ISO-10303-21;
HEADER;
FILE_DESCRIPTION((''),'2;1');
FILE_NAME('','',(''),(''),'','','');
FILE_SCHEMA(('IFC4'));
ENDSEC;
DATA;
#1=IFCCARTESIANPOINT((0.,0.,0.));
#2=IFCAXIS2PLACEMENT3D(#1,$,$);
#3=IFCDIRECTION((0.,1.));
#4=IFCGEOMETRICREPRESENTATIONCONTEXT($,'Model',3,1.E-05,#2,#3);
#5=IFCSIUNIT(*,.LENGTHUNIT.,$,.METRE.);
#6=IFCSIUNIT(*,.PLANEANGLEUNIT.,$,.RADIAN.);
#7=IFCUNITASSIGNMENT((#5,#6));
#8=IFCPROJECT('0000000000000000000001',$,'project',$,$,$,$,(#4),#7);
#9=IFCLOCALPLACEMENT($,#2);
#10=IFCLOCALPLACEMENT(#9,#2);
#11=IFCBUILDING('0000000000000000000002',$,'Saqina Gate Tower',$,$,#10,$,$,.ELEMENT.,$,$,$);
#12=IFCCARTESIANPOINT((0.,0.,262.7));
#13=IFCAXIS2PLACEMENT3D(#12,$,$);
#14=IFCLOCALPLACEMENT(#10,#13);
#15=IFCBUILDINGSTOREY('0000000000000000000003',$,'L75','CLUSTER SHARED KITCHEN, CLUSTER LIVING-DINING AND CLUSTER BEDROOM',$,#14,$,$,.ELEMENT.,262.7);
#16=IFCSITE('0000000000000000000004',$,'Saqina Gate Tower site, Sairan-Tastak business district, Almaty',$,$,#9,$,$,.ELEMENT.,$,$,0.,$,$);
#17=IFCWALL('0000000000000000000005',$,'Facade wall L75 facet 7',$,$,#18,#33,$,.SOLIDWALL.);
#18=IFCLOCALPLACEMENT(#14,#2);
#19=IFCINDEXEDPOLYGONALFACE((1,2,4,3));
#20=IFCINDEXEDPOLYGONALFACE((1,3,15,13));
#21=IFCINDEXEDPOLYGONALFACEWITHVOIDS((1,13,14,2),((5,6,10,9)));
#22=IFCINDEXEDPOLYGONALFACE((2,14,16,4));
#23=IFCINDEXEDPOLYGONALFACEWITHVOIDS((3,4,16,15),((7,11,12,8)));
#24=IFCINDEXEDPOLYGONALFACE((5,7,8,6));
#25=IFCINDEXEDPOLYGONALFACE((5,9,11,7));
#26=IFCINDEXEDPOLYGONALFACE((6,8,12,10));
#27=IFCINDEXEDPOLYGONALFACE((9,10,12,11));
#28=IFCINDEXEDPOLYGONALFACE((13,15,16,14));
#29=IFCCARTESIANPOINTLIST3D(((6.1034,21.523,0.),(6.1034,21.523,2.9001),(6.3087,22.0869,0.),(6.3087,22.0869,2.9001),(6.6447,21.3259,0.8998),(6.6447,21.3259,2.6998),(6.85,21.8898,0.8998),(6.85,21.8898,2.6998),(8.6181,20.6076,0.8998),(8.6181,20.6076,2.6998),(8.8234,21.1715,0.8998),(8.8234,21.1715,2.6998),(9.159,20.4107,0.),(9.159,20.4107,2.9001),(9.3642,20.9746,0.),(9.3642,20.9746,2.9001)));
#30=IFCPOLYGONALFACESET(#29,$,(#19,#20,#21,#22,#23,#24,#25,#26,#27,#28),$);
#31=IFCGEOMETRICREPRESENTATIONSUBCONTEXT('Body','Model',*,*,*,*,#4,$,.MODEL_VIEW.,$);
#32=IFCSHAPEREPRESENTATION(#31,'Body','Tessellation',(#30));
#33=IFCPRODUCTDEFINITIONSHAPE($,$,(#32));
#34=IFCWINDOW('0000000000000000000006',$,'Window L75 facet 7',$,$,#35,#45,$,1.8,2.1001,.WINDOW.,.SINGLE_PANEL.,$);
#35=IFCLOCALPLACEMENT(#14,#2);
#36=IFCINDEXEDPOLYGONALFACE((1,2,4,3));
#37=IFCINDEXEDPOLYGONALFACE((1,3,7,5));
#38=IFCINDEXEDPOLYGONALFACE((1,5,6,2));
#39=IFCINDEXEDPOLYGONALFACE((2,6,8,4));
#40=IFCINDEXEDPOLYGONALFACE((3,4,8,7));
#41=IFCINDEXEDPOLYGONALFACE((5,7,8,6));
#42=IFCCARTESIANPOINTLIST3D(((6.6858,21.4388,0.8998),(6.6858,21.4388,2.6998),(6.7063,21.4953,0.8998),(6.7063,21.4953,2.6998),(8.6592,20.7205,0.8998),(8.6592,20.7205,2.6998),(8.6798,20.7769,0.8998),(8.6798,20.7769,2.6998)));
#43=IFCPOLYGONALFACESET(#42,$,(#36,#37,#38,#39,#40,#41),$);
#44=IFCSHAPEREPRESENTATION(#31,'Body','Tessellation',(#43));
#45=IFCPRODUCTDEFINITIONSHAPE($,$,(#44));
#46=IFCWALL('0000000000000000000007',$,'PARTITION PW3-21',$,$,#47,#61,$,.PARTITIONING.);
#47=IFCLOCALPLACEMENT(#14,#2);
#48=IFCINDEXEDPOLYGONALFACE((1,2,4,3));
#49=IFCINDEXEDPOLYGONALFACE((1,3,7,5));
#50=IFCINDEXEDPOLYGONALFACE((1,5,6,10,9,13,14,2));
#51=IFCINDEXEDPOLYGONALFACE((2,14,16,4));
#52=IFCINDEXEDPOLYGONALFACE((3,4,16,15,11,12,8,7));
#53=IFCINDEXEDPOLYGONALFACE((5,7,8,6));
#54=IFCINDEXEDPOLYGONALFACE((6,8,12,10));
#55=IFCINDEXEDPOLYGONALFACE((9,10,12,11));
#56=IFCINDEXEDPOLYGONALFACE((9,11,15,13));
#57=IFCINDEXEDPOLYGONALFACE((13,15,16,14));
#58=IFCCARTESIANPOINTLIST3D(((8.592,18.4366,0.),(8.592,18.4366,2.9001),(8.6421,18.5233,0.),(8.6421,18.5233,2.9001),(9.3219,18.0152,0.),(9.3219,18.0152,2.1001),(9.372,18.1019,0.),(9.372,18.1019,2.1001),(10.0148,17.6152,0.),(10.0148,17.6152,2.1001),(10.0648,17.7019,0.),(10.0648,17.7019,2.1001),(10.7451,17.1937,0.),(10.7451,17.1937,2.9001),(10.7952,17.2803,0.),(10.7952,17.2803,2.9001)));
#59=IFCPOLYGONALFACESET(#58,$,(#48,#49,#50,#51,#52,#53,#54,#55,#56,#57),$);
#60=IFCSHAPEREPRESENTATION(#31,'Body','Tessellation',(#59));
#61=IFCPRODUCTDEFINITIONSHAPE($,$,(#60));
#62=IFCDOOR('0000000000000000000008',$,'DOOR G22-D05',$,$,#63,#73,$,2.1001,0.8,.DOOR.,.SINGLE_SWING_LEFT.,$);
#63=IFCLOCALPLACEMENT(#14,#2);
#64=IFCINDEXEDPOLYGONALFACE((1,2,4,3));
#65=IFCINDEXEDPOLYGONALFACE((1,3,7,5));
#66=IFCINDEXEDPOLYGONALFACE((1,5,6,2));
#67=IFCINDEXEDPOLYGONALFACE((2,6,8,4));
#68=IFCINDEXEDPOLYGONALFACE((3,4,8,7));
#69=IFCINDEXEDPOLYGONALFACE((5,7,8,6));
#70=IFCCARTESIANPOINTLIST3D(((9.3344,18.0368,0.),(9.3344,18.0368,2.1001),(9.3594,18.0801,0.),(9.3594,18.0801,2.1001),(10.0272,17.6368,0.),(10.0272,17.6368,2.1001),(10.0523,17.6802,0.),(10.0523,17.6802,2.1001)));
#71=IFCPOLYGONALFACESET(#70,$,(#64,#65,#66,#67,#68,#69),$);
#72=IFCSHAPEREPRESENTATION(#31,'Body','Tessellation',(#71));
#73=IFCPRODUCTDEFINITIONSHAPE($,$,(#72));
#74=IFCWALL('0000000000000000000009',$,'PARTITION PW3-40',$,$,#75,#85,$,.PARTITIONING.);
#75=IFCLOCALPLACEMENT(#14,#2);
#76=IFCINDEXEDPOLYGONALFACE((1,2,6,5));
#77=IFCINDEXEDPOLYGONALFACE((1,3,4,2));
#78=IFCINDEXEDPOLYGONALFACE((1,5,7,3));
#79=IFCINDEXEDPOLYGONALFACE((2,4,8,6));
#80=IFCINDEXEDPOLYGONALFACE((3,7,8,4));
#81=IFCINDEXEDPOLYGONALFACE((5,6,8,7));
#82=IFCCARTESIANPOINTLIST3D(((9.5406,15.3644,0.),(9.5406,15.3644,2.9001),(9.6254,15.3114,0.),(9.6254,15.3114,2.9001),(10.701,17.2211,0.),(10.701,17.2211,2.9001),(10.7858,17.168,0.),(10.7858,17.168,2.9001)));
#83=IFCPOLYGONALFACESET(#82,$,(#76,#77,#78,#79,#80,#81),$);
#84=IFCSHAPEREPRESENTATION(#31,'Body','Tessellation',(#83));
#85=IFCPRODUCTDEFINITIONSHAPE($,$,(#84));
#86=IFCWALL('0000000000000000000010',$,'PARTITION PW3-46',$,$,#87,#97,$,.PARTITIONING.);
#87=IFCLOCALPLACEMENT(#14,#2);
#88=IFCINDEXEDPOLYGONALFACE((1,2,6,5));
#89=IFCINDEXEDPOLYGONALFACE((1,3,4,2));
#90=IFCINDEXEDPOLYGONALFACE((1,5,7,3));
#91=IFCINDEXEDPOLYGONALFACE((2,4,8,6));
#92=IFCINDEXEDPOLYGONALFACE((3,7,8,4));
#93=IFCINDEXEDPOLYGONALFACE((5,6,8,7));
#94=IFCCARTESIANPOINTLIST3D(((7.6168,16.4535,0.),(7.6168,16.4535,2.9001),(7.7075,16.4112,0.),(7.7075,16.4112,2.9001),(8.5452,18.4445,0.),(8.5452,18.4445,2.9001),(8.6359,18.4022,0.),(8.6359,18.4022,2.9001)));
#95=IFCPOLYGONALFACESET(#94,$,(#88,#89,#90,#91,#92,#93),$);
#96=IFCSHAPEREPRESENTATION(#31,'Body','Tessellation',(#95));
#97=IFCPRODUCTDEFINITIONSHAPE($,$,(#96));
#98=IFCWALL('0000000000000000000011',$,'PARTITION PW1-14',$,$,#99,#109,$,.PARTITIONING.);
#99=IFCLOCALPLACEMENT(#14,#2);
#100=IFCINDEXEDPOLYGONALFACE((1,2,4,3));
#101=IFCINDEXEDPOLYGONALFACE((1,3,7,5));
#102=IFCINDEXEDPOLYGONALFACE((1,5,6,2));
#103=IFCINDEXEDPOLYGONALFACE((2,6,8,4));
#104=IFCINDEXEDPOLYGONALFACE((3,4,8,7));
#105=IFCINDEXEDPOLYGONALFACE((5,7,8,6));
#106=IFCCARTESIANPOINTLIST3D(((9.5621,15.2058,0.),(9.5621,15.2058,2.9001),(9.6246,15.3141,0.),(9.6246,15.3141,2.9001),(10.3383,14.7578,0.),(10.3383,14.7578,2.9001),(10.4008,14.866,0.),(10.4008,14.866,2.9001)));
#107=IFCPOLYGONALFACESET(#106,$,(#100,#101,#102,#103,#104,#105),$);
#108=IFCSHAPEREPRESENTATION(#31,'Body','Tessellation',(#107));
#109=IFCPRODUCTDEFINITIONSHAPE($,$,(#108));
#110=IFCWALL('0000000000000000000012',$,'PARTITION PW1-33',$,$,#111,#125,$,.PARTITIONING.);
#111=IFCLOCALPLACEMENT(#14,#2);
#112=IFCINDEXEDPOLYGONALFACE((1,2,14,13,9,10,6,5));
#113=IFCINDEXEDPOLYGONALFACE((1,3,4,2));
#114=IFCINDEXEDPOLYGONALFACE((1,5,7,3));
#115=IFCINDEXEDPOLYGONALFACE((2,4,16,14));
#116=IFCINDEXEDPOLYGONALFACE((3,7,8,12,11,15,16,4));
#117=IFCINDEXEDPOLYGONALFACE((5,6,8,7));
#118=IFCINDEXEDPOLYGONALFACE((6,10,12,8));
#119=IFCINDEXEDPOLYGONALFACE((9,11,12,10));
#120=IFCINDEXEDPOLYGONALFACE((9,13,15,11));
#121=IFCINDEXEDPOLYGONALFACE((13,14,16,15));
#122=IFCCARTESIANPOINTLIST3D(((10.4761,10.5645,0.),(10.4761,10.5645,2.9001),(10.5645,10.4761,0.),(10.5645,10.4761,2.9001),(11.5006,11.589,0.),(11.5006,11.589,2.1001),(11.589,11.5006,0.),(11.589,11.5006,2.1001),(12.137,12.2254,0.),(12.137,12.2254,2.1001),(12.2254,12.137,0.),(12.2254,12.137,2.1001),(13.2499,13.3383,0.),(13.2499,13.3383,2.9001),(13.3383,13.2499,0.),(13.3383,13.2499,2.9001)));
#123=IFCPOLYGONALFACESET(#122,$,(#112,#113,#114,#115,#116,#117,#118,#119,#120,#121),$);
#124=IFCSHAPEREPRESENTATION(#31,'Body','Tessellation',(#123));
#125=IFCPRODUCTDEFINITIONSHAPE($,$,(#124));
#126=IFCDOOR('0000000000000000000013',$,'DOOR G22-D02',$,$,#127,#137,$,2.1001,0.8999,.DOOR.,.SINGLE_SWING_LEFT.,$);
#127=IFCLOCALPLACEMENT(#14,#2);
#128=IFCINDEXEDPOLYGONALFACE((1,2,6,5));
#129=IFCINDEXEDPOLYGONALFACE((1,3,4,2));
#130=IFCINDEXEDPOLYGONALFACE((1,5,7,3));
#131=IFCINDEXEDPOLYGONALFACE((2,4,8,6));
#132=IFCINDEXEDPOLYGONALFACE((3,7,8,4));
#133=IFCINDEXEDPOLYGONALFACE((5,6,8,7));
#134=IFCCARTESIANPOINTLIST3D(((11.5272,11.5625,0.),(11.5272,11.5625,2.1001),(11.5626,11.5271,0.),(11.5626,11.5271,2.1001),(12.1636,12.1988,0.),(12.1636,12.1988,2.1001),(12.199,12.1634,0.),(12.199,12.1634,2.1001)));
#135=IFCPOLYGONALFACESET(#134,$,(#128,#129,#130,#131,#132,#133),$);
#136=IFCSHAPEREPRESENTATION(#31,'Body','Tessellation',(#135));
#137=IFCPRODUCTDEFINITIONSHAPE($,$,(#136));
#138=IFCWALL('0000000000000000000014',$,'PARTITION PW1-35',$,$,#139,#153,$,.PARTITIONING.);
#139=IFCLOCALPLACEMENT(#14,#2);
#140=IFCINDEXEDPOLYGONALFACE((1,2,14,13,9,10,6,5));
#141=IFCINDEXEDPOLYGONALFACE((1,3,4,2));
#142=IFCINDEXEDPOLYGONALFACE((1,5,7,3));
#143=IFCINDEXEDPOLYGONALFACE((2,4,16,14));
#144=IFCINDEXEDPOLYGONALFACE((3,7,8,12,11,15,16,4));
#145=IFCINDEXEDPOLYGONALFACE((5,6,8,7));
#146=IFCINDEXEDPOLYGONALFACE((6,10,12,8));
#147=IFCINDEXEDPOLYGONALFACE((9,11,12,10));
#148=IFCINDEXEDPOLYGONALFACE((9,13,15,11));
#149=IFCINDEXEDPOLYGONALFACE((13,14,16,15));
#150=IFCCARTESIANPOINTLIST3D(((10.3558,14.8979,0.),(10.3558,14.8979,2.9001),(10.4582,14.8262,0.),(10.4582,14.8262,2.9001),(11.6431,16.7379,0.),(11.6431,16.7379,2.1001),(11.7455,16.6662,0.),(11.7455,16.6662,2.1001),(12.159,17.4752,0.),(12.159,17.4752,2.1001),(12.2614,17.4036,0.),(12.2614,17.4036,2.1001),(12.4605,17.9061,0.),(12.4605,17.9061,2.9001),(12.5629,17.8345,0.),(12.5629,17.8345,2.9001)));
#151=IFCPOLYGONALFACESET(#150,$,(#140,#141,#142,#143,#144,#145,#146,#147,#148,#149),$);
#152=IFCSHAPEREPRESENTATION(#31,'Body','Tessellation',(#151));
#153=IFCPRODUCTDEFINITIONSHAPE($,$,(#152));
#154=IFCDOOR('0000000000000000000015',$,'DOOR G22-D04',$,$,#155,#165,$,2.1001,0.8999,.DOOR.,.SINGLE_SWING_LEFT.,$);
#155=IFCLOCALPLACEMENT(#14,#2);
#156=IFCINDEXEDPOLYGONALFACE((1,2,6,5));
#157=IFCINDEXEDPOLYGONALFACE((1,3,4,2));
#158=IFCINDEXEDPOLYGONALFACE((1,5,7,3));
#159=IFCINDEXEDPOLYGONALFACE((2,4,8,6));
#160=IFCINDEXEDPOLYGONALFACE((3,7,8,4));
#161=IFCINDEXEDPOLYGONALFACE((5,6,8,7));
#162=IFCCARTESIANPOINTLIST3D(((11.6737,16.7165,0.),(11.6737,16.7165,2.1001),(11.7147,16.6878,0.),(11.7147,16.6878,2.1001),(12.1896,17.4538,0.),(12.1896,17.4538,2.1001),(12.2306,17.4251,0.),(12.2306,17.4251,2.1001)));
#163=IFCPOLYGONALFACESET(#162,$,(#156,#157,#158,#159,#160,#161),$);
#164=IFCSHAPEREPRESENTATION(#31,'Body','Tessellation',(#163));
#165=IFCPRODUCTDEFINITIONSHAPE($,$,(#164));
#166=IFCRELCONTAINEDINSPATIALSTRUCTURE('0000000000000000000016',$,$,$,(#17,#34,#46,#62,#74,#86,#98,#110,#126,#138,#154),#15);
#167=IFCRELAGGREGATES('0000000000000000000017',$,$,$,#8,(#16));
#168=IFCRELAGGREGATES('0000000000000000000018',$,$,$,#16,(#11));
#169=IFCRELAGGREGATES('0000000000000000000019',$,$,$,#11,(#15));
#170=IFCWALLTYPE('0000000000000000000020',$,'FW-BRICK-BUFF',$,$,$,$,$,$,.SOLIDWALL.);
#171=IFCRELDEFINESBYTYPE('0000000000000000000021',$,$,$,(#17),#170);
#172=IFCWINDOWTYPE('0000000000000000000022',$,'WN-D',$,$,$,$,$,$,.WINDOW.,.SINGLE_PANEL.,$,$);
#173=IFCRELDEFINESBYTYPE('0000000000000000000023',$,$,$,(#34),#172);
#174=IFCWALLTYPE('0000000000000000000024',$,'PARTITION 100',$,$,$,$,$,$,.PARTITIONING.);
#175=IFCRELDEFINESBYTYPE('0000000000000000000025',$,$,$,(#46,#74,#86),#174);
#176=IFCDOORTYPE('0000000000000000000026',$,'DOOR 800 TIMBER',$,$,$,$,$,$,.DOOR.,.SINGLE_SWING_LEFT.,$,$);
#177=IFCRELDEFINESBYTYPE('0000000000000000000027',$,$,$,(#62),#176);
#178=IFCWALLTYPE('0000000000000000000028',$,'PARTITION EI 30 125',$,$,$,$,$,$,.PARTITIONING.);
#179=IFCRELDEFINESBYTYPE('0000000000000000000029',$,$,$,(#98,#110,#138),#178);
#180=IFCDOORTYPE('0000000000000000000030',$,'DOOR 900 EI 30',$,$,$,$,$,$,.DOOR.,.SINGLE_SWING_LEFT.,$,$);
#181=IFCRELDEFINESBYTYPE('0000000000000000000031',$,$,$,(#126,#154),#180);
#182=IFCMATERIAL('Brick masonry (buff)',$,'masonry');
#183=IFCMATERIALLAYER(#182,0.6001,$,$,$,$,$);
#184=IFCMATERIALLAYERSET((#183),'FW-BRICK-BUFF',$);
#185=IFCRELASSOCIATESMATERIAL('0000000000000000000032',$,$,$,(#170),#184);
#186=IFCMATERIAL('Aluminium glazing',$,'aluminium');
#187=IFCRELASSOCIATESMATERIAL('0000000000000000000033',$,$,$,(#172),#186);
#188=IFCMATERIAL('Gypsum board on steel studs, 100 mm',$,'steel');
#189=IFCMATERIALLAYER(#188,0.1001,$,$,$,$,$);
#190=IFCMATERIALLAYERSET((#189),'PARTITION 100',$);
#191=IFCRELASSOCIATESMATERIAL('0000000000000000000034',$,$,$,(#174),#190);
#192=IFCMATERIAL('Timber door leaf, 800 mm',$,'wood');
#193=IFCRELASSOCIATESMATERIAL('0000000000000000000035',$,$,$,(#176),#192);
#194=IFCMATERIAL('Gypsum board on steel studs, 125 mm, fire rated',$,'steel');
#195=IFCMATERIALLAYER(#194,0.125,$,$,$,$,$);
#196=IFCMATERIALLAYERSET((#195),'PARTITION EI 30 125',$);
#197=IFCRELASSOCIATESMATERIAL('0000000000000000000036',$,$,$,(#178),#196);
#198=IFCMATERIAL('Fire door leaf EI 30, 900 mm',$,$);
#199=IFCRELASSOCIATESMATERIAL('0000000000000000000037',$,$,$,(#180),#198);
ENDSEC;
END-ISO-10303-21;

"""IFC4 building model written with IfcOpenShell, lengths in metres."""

from ifc_helpers import new_model, si_unit, direction, frame, frame_2d, origin, place, context, subcontext, project, spatial, rectangle, extrude, material, layer, layer_set, type_object, element, fill, save


model = new_model("IFC4")

# Units and contexts
model_context = context("Model", 3, precision=1e-05, world=origin(), true_north=direction((0.0, 1.0)))
body_context = subcontext(model_context, "Body", "Model", "MODEL_VIEW")
ifc_project = project(units=[si_unit("LENGTHUNIT", "METRE"), si_unit("PLANEANGLEUNIT", "RADIAN")], contexts=[model_context])

# Site, building, storey
site_placement = place(None, origin())
site = spatial("IfcSite", under=ifc_project, at=site_placement, Name="Saqina Gate Tower site, Sairan-Tastak business district, Almaty", CompositionType="ELEMENT", RefElevation=0.0)
building_placement = place(site_placement, origin())
building = spatial("IfcBuilding", under=site, at=building_placement, Name="Saqina Gate Tower", CompositionType="ELEMENT")
storey_placement = place(building_placement, frame((0.0, 0.0, 262.7)))
storey = spatial("IfcBuildingStorey", under=building, at=storey_placement, Name="L75", Description="CLUSTER SHARED KITCHEN, CLUSTER LIVING-DINING AND CLUSTER BEDROOM", CompositionType="ELEMENT", Elevation=262.7)

# Wall, opening, window
ifc_material_1 = material(Name="Brick masonry (buff)", Category="masonry")
ifc_layer_1 = layer(ifc_material_1, 0.6001)
ifc_layer_set_1 = layer_set([ifc_layer_1], Name="FW-BRICK-BUFF")
wall_type_1 = type_object("IfcWallType", Name="FW-BRICK-BUFF", PredefinedType="SOLIDWALL", material=ifc_layer_set_1)
ifc_material_2 = material(Name="Aluminium glazing", Category="aluminium")
window_type = type_object("IfcWindowType", Name="WN-D", PartitioningType="SINGLE_PANEL", PredefinedType="WINDOW", material=ifc_material_2)
wall_1_placement = place(storey_placement, frame((9.2617, 20.6926, 0.0), z_axis=(0.0, 0.0, 1.0), x_axis=(-0.939679, 0.342057, 0.0)))
wall_1 = element("IfcWall", 1, at=wall_1_placement, inside=storey, type_object=wall_type_1, Name="Facade wall L75 facet 7", PredefinedType="SOLIDWALL", context=body_context, shape_type="SweptSolid", body=[
    extrude(rectangle(XDim=3.2517, YDim=0.6001, at=frame_2d((1.626, 0.0))), origin(), (0.0, 0.0, 1.0), 2.9001),
])
opening_1_placement = place(wall_1_placement, frame((0.5757, 0.0, 0.8999)))
opening_1 = element("IfcOpeningElement", 2, at=opening_1_placement, cuts=wall_1, PredefinedType="OPENING", context=body_context, shape_type="SweptSolid", body=[
    extrude(rectangle(XDim=2.1001, YDim=1.8, at=frame_2d((1.05, 0.8999))), frame((0.0, 0.312, 0.0), z_axis=(0.0, -1.0, 0.0), x_axis=(1.0, 0.0, 0.0)), (0.0, 0.0, 1.0), 0.624),
])
window_1_placement = place(opening_1_placement, origin())
window_1 = element("IfcWindow", 3, at=window_1_placement, inside=storey, type_object=window_type, Name="Window L75 facet 7", OverallHeight=1.8, OverallWidth=2.1001, PartitioningType="SINGLE_PANEL", PredefinedType="WINDOW", context=body_context, shape_type="SweptSolid", body=[
    extrude(rectangle(XDim=2.1001, YDim=1.8, at=frame_2d((1.05, 0.8999))), frame((0.0, 0.1799, 0.0), z_axis=(0.0, -1.0, 0.0), x_axis=(1.0, 0.0, 0.0)), (0.0, 0.0, 1.0), 0.0601),
])
fill(opening_1, window_1)

# Wall, opening, door
ifc_material_3 = material(Name="Gypsum board on steel studs, 100 mm", Category="steel")
ifc_layer_2 = layer(ifc_material_3, 0.1001)
ifc_layer_set_2 = layer_set([ifc_layer_2], Name="PARTITION 100")
wall_type_2 = type_object("IfcWallType", Name="PARTITION 100", PredefinedType="PARTITIONING", material=ifc_layer_set_2)
wall_2_placement = place(storey_placement, frame((8.6169, 18.48, 0.0), z_axis=(0.0, 0.0, 1.0), x_axis=(0.866053, -0.499952, 0.0)))
wall_2 = element("IfcWall", 4, at=wall_2_placement, inside=storey, type_object=wall_type_2, Name="PARTITION PW3-21", PredefinedType="PARTITIONING", context=body_context, shape_type="SweptSolid", body=[
    extrude(rectangle(XDim=2.4861, YDim=0.1001, at=frame_2d((1.2432, 0.0))), origin(), (0.0, 0.0, 1.0), 2.9001),
])
opening_2_placement = place(wall_2_placement, frame((0.843, 0.0, 0.0)))
opening_2 = element("IfcOpeningElement", 5, at=opening_2_placement, cuts=wall_2, PredefinedType="OPENING", context=body_context, shape_type="SweptSolid", body=[
    extrude(rectangle(XDim=0.8, YDim=2.1001, at=frame_2d((0.3999, 1.05))), frame((0.0, 0.062, 0.0), z_axis=(0.0, -1.0, 0.0), x_axis=(1.0, 0.0, 0.0)), (0.0, 0.0, 1.0), 0.124),
])
ifc_material_4 = material(Name="Timber door leaf, 800 mm", Category="wood")
door_type_1 = type_object("IfcDoorType", Name="DOOR 800 TIMBER", OperationType="SINGLE_SWING_LEFT", PredefinedType="DOOR", material=ifc_material_4)
door_1_placement = place(opening_2_placement, origin())
door_1 = element("IfcDoor", 6, at=door_1_placement, inside=storey, type_object=door_type_1, Name="DOOR G22-D05", OperationType="SINGLE_SWING_LEFT", OverallHeight=2.1001, OverallWidth=0.8, PredefinedType="DOOR", context=body_context, shape_type="SweptSolid", body=[
    extrude(rectangle(XDim=0.8, YDim=2.1001, at=frame_2d((0.3999, 1.05))), frame((0.0, 0.0249, 0.0), z_axis=(0.0, -1.0, 0.0), x_axis=(1.0, 0.0, 0.0)), (0.0, 0.0, 1.0), 0.05),
])
fill(opening_2, door_1)

# Walls
wall_3_placement = place(storey_placement, frame((9.583, 15.3379, 0.0), z_axis=(0.0, 0.0, 1.0), x_axis=(0.529989, 0.848005, 0.0)))
element("IfcWall", 7, at=wall_3_placement, inside=storey, type_object=wall_type_2, Name="PARTITION PW3-40", PredefinedType="PARTITIONING", context=body_context, shape_type="SweptSolid", body=[
    extrude(rectangle(XDim=2.1895, YDim=0.1001, at=frame_2d((1.0947, 0.0))), origin(), (0.0, 0.0, 1.0), 2.9001),
])
wall_4_placement = place(storey_placement, frame((7.6621, 16.4324, 0.0), z_axis=(0.0, 0.0, 1.0), x_axis=(0.422642, 0.906297, 0.0)))
element("IfcWall", 8, at=wall_4_placement, inside=storey, type_object=wall_type_2, Name="PARTITION PW3-46", PredefinedType="PARTITIONING", context=body_context, shape_type="SweptSolid", body=[
    extrude(rectangle(XDim=2.1968, YDim=0.1001, at=frame_2d((1.0984, 0.0))), origin(), (0.0, 0.0, 1.0), 2.9001),
])
ifc_material_5 = material(Name="Gypsum board on steel studs, 125 mm, fire rated", Category="steel")
ifc_layer_3 = layer(ifc_material_5, 0.125)
ifc_layer_set_3 = layer_set([ifc_layer_3], Name="PARTITION EI 30 125")
wall_type_3 = type_object("IfcWallType", Name="PARTITION EI 30 125", PredefinedType="PARTITIONING", material=ifc_layer_set_3)
wall_5_placement = place(storey_placement, frame((9.5933, 15.26, 0.0), z_axis=(0.0, 0.0, 1.0), x_axis=(0.866072, -0.499919, 0.0)))
element("IfcWall", 9, at=wall_5_placement, inside=storey, type_object=wall_type_3, Name="PARTITION PW1-14", PredefinedType="PARTITIONING", context=body_context, shape_type="SweptSolid", body=[
    extrude(rectangle(XDim=0.8962, YDim=0.125, at=frame_2d((0.4482, 0.0))), origin(), (0.0, 0.0, 1.0), 2.9001),
])

# Walls, openings, doors
wall_6_placement = place(storey_placement, frame((10.5203, 10.5203, 0.0), z_axis=(0.0, 0.0, 1.0), x_axis=(0.707107, 0.707107, 0.0)))
wall_6 = element("IfcWall", 10, at=wall_6_placement, inside=storey, type_object=wall_type_3, Name="PARTITION PW1-33", PredefinedType="PARTITIONING", context=body_context, shape_type="SweptSolid", body=[
    extrude(rectangle(XDim=3.9229, YDim=0.125, at=frame_2d((1.9614, 0.0))), origin(), (0.0, 0.0, 1.0), 2.9001),
])
opening_3_placement = place(wall_6_placement, frame((1.449, 0.0, 0.0)))
opening_3 = element("IfcOpeningElement", 11, at=opening_3_placement, cuts=wall_6, PredefinedType="OPENING", context=body_context, shape_type="SweptSolid", body=[
    extrude(rectangle(XDim=0.8999, YDim=2.1001, at=frame_2d((0.45, 1.05))), frame((0.0, 0.0745, 0.0), z_axis=(0.0, -1.0, 0.0), x_axis=(1.0, 0.0, 0.0)), (0.0, 0.0, 1.0), 0.1489),
])
ifc_material_6 = material(Name="Fire door leaf EI 30, 900 mm")
door_type_2 = type_object("IfcDoorType", Name="DOOR 900 EI 30", OperationType="SINGLE_SWING_LEFT", PredefinedType="DOOR", material=ifc_material_6)
door_2_placement = place(opening_3_placement, origin())
door_2 = element("IfcDoor", 12, at=door_2_placement, inside=storey, type_object=door_type_2, Name="DOOR G22-D02", OperationType="SINGLE_SWING_LEFT", OverallHeight=2.1001, OverallWidth=0.8999, PredefinedType="DOOR", context=body_context, shape_type="SweptSolid", body=[
    extrude(rectangle(XDim=0.8999, YDim=2.1001, at=frame_2d((0.45, 1.05))), frame((0.0, 0.0249, 0.0), z_axis=(0.0, -1.0, 0.0), x_axis=(1.0, 0.0, 0.0)), (0.0, 0.0, 1.0), 0.05),
])
fill(opening_3, door_2)
wall_7_placement = place(storey_placement, frame((10.407, 14.8621, 0.0), z_axis=(0.0, 0.0, 1.0), x_axis=(0.573266, 0.819369, 0.0)))
wall_7 = element("IfcWall", 13, at=wall_7_placement, inside=storey, type_object=wall_type_3, Name="PARTITION PW1-35", PredefinedType="PARTITIONING", context=body_context, shape_type="SweptSolid", body=[
    extrude(rectangle(XDim=3.6714, YDim=0.125, at=frame_2d((1.8357, 0.0))), origin(), (0.0, 0.0, 1.0), 2.9001),
])
opening_4_placement = place(wall_7_placement, frame((2.2456, 0.0, 0.0)))
opening_4 = element("IfcOpeningElement", 14, at=opening_4_placement, cuts=wall_7, PredefinedType="OPENING", context=body_context, shape_type="SweptSolid", body=[
    extrude(rectangle(XDim=0.8999, YDim=2.1001, at=frame_2d((0.45, 1.05))), frame((0.0, 0.0745, 0.0), z_axis=(0.0, -1.0, 0.0), x_axis=(1.0, 0.0, 0.0)), (0.0, 0.0, 1.0), 0.1489),
])
door_3_placement = place(opening_4_placement, frame((0.8999, 0.0, 0.0), z_axis=(0.0, 0.0, 1.0), x_axis=(-1.0, 0.0, 0.0)))
door_3 = element("IfcDoor", 15, at=door_3_placement, inside=storey, type_object=door_type_2, Name="DOOR G22-D04", OperationType="SINGLE_SWING_LEFT", OverallHeight=2.1001, OverallWidth=0.8999, PredefinedType="DOOR", context=body_context, shape_type="SweptSolid", body=[
    extrude(rectangle(XDim=0.8999, YDim=2.1001, at=frame_2d((0.45, 1.05))), frame((0.0, 0.0249, 0.0), z_axis=(0.0, -1.0, 0.0), x_axis=(1.0, 0.0, 0.0)), (0.0, 0.0, 1.0), 0.05),
])
fill(opening_4, door_3)

save(model, "model.ifc")
